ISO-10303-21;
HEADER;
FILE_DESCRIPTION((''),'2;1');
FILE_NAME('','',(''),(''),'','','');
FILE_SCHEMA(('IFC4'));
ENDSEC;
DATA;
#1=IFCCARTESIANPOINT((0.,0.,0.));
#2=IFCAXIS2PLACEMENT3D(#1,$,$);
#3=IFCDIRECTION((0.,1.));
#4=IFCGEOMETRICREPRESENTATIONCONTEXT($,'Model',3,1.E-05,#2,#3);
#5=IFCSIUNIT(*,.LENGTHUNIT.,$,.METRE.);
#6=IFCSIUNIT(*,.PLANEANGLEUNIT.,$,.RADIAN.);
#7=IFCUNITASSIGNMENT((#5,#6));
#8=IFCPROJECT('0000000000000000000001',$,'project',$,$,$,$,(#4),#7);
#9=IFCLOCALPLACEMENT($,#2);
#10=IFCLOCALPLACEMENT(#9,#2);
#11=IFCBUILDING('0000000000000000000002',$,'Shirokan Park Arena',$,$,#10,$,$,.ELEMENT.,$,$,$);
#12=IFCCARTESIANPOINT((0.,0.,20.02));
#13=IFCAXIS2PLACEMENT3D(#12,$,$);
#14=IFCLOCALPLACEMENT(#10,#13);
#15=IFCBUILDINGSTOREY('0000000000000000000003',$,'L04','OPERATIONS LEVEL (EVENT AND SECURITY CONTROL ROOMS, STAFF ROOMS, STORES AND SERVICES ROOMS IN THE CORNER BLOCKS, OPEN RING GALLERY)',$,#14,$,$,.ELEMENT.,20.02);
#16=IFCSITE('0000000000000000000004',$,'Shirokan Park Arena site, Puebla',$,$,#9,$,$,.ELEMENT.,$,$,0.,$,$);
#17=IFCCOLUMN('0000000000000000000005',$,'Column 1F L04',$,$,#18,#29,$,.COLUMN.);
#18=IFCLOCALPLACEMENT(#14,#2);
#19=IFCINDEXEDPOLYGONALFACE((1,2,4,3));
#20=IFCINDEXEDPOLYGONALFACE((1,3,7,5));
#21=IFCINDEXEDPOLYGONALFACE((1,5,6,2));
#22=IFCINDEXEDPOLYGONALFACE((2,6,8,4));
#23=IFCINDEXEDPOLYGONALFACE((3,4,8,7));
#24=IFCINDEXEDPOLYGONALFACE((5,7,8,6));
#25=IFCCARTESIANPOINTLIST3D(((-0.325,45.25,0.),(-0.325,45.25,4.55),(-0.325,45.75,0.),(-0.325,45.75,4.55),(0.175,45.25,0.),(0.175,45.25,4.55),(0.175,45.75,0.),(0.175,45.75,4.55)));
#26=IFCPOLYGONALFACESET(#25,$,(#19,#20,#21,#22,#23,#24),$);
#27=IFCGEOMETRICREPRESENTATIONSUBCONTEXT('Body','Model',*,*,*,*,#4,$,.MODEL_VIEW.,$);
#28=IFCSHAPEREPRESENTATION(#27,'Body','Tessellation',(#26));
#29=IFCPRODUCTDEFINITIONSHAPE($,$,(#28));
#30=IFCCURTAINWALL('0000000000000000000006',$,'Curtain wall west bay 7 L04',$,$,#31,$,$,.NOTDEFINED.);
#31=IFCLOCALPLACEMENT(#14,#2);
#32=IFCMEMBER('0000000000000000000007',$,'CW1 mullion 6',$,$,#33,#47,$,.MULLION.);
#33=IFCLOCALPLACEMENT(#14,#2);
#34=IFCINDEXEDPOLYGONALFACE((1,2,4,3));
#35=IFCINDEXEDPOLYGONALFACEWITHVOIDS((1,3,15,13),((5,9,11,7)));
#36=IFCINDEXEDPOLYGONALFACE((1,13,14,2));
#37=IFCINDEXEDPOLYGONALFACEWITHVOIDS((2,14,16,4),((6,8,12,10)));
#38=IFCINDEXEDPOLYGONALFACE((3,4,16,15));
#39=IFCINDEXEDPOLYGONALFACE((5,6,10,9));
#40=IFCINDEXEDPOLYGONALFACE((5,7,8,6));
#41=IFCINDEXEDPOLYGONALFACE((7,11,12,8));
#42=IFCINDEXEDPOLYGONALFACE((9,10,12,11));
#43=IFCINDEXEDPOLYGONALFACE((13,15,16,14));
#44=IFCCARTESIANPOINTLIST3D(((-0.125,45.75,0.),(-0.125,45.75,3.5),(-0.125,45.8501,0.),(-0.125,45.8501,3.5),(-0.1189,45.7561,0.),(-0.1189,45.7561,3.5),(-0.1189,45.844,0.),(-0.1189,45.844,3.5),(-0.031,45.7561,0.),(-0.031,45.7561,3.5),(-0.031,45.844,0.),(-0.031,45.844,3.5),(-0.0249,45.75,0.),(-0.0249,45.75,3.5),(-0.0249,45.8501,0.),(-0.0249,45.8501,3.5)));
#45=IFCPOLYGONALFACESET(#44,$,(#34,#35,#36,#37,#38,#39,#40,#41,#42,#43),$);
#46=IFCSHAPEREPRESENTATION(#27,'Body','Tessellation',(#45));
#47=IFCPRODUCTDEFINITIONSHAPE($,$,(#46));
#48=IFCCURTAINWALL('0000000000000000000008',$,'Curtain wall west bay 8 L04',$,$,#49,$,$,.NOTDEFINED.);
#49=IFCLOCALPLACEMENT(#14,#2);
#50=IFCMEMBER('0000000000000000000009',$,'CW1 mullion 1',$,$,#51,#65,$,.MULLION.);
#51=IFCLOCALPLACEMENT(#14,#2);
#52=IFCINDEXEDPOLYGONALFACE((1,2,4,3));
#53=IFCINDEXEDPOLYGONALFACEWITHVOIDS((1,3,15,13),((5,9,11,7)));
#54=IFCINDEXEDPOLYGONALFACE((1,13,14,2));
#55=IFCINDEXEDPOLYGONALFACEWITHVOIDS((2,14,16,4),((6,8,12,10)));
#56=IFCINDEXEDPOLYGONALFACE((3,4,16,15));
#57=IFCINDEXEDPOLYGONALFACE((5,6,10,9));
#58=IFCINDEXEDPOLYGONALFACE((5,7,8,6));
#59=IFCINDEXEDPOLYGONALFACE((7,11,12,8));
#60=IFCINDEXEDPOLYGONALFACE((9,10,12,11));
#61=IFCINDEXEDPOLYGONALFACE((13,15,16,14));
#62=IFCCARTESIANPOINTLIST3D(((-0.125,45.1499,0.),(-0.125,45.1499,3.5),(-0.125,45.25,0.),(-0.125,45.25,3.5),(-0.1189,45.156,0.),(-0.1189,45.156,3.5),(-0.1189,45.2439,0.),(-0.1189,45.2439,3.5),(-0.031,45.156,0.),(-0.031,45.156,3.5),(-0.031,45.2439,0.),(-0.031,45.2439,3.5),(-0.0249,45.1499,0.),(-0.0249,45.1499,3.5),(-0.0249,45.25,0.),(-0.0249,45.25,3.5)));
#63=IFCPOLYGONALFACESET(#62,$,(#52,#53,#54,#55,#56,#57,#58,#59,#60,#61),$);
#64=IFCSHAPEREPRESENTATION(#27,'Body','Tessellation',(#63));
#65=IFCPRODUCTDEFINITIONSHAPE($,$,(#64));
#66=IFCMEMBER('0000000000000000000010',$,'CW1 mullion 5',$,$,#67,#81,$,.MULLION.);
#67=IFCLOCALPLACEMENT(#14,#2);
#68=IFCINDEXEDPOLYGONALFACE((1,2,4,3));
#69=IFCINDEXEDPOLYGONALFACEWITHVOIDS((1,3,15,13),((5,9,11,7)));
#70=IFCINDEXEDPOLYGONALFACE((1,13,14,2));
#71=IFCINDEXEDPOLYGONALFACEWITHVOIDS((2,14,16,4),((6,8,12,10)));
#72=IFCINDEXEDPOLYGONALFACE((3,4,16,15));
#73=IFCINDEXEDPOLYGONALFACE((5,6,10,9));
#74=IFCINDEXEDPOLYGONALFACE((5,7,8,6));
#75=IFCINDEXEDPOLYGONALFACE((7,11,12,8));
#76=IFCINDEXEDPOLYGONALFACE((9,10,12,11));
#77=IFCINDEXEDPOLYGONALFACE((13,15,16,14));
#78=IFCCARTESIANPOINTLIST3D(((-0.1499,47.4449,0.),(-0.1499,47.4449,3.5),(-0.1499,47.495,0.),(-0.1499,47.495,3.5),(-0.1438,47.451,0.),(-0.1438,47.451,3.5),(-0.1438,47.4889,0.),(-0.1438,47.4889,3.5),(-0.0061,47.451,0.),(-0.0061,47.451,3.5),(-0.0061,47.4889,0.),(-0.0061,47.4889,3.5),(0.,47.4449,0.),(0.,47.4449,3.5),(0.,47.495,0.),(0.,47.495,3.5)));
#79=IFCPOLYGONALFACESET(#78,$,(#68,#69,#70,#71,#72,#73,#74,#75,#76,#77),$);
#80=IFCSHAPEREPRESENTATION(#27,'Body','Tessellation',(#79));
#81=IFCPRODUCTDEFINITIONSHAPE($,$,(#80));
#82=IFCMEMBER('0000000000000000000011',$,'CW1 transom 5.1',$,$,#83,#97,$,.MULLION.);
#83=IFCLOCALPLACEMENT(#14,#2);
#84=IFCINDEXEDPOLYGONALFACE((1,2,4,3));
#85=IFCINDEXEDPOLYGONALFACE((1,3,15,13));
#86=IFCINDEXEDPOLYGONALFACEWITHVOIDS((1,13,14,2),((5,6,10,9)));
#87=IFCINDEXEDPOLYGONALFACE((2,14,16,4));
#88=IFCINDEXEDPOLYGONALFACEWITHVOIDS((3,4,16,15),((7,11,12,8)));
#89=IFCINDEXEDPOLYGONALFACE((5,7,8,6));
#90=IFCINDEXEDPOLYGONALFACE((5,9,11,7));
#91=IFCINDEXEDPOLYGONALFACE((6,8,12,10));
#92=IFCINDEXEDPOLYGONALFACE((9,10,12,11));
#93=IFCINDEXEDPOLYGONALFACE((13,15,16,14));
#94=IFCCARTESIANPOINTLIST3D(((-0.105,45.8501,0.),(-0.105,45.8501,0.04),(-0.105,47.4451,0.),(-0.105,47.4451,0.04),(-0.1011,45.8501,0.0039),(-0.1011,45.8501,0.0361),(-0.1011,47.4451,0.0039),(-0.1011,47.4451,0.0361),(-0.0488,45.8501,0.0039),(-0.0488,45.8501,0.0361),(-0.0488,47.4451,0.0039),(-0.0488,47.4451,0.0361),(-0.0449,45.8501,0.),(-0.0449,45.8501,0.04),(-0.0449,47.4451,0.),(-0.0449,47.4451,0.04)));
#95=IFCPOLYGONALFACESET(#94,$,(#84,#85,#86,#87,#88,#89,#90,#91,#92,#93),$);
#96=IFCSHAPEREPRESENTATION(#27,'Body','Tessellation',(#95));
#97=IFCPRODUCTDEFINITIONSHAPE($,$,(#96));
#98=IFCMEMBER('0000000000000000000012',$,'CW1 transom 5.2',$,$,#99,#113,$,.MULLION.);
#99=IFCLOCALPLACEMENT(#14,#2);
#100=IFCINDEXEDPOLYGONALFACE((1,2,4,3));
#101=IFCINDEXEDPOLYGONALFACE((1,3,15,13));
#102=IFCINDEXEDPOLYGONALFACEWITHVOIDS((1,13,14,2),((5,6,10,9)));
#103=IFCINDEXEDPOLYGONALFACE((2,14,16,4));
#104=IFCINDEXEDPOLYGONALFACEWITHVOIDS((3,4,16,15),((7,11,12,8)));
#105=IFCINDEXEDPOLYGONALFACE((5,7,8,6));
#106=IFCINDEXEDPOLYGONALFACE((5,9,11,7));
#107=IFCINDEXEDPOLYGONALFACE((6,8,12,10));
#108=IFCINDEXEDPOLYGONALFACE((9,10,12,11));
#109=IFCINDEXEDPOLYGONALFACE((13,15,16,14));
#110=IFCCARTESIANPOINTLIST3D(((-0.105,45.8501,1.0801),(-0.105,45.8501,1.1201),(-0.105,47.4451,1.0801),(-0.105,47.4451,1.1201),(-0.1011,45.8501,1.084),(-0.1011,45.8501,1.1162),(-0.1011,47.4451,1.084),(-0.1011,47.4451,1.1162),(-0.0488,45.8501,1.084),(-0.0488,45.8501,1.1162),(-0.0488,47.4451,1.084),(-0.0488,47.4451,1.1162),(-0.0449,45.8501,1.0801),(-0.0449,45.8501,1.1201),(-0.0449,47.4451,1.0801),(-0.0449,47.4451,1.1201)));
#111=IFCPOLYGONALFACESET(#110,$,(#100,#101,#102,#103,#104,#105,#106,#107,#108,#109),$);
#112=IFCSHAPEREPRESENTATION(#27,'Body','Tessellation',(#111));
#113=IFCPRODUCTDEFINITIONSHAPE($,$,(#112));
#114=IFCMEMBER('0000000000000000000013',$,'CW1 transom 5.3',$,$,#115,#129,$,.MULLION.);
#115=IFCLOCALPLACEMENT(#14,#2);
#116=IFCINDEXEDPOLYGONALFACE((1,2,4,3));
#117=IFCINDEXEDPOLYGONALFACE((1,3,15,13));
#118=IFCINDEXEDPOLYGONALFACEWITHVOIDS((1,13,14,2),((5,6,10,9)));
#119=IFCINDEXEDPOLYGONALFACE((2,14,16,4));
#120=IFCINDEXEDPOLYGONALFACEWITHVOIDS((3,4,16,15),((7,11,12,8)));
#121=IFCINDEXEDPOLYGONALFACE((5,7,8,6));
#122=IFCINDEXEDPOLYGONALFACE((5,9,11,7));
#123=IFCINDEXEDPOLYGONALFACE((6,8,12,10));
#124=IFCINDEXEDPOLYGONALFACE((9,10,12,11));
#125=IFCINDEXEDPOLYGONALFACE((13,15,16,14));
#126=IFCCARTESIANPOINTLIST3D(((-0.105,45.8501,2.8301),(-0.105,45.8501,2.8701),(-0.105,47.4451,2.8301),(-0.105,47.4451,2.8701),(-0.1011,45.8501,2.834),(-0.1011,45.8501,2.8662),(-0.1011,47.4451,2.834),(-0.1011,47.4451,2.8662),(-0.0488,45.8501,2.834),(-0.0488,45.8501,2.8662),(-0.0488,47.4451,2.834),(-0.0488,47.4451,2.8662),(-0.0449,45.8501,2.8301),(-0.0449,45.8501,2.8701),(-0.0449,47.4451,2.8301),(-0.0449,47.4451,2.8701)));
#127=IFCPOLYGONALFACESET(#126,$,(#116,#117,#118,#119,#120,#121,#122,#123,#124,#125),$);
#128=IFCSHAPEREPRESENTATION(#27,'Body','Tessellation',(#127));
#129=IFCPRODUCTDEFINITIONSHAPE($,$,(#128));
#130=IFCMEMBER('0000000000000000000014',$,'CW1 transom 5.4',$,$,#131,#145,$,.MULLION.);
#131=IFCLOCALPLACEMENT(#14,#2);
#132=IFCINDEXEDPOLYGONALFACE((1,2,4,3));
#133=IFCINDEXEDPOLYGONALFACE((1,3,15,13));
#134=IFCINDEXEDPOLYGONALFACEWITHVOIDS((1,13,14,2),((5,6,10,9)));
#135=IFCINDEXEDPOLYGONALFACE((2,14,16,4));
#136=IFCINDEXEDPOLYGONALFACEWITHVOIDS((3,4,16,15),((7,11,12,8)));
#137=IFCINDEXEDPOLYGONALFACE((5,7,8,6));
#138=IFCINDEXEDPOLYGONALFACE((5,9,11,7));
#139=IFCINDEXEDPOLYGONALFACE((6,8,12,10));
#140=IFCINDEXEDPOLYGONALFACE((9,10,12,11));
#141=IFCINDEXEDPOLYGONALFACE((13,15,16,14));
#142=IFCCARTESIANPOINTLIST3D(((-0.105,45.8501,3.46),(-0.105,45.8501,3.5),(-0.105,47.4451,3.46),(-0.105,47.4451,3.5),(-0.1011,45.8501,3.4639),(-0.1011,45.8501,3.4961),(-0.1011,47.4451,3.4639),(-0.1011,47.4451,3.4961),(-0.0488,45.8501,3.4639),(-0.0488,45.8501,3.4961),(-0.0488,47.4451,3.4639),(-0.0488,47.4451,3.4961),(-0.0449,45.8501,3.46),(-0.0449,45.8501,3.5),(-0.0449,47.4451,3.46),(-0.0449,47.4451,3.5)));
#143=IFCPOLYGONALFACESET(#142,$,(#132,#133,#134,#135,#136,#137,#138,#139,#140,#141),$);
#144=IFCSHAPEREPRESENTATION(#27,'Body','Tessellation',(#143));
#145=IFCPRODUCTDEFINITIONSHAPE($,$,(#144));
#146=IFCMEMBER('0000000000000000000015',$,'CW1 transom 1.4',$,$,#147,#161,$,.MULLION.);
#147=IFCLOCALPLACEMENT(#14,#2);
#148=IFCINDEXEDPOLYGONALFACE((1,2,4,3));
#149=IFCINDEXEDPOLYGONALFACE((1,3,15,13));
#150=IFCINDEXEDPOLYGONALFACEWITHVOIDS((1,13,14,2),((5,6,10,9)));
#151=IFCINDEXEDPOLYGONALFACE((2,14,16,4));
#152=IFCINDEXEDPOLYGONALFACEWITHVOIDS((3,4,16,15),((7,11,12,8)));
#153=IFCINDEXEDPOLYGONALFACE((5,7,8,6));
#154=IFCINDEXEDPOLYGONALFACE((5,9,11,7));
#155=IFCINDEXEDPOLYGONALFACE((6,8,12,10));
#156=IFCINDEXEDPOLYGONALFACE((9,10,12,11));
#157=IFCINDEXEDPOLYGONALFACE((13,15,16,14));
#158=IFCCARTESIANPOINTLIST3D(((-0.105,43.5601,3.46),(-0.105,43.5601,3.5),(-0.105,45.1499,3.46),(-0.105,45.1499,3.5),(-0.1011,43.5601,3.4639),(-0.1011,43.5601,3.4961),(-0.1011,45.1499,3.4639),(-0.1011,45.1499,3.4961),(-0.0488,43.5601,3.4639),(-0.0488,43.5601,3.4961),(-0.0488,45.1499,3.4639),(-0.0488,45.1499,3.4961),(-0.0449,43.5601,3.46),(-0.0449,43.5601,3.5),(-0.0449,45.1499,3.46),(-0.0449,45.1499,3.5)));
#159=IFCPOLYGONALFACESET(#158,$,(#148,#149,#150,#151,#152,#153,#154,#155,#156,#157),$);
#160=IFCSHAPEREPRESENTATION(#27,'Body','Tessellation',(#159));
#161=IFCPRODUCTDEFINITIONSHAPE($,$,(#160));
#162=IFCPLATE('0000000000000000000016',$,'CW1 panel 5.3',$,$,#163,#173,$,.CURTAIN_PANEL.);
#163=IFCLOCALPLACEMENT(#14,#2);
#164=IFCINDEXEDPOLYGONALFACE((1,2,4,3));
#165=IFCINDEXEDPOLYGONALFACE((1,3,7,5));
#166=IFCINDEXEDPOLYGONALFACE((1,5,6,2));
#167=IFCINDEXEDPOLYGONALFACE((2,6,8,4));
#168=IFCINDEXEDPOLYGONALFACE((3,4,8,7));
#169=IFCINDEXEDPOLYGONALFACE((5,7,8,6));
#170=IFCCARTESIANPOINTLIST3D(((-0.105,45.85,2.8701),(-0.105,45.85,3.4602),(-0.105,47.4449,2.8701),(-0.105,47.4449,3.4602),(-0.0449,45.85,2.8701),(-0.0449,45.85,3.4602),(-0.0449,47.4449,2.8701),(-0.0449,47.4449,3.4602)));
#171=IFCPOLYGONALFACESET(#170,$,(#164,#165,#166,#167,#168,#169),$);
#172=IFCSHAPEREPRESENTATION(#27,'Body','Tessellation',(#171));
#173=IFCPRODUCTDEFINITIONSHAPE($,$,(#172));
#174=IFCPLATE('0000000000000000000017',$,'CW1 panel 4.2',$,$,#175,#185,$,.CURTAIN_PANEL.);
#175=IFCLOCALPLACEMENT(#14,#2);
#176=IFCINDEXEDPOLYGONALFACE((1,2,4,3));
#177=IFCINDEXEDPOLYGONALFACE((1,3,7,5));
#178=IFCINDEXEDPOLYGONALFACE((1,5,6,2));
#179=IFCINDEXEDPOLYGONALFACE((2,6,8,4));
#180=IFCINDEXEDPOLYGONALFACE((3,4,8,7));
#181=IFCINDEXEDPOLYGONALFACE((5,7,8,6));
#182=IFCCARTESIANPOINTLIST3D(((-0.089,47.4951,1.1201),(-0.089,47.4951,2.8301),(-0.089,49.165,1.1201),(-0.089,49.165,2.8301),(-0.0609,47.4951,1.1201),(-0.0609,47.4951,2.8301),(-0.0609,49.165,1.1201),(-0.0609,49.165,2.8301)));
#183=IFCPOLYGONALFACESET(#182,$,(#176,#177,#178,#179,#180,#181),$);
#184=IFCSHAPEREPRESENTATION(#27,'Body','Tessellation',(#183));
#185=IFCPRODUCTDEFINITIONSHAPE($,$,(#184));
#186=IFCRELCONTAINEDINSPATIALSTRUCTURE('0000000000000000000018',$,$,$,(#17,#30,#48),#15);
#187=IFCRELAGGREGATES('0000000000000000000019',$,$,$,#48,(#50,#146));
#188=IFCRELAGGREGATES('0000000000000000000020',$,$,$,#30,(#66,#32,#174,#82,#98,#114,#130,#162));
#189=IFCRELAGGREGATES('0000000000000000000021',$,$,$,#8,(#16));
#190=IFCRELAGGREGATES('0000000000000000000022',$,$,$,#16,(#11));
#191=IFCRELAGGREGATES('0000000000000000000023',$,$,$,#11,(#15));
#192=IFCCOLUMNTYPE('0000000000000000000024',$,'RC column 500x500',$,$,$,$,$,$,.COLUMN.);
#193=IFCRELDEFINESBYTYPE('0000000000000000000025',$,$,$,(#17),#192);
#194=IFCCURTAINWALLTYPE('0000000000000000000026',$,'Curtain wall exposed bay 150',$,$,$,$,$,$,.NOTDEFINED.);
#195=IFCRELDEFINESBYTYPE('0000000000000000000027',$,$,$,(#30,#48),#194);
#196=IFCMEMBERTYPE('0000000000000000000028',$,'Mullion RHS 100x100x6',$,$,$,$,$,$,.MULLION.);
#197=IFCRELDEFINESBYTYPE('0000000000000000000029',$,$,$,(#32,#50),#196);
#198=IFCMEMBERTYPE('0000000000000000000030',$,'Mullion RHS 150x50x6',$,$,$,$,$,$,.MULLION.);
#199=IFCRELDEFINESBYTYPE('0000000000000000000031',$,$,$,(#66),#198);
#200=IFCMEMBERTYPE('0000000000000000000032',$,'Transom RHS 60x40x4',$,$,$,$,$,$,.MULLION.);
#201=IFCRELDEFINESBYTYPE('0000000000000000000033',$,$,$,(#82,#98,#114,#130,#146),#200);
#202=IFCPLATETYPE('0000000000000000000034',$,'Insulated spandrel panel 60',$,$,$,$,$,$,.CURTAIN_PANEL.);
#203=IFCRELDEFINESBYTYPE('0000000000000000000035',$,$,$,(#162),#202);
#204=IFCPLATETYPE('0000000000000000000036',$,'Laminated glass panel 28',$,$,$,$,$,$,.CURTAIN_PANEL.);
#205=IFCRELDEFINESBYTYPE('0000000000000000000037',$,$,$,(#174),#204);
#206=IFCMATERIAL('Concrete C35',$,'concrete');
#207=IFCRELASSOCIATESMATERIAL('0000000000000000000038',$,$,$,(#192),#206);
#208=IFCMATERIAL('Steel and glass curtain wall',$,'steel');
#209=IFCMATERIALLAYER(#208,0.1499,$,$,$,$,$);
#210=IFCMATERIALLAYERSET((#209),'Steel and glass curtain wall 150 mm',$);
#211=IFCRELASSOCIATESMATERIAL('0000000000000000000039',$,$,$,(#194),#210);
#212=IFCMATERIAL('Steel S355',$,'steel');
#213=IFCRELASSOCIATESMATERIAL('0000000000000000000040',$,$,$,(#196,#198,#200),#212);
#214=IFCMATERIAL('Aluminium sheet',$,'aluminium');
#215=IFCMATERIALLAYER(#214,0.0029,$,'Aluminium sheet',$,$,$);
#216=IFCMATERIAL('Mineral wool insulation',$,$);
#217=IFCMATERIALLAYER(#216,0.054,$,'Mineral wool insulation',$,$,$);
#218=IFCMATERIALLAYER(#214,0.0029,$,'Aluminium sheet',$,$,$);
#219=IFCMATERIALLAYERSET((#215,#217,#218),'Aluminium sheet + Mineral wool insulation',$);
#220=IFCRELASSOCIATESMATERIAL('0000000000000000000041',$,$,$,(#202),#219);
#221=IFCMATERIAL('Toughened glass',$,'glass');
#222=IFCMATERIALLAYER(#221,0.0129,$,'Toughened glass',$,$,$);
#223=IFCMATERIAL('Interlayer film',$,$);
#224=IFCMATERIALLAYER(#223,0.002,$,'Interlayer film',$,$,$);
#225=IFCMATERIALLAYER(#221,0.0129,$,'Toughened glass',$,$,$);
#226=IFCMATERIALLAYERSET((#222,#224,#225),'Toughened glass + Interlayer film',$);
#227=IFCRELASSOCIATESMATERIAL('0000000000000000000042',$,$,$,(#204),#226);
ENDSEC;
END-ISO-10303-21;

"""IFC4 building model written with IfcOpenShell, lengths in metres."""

from ifc_helpers import new_model, si_unit, direction, frame, origin, origin_2d, place, context, subcontext, project, spatial, rectangle, hollow_rectangle, extrude, material, layer, layer_set, material_profile, profile_set, type_object, element, aggregate, save


model = new_model("IFC4")

# Units and contexts
model_context = context("Model", 3, precision=1e-05, world=origin(), true_north=direction((0.0, 1.0)))
body_context = subcontext(model_context, "Body", "Model", "MODEL_VIEW")
ifc_project = project(units=[si_unit("LENGTHUNIT", "METRE"), si_unit("PLANEANGLEUNIT", "RADIAN")], contexts=[model_context])

# Site, building, storey
site_placement = place(None, origin())
site = spatial("IfcSite", under=ifc_project, at=site_placement, Name="Shirokan Park Arena site, Puebla", CompositionType="ELEMENT", RefElevation=0.0)
building_placement = place(site_placement, origin())
building = spatial("IfcBuilding", under=site, at=building_placement, Name="Shirokan Park Arena", CompositionType="ELEMENT")
storey_placement = place(building_placement, frame((0.0, 0.0, 20.02)))
storey = spatial("IfcBuildingStorey", under=building, at=storey_placement, Name="L04", Description="OPERATIONS LEVEL (EVENT AND SECURITY CONTROL ROOMS, STAFF ROOMS, STORES AND SERVICES ROOMS IN THE CORNER BLOCKS, OPEN RING GALLERY)", CompositionType="ELEMENT", Elevation=20.02)

# Column
ifc_material_1 = material(Name="Concrete C35", Category="concrete")
ifc_material_profile_1 = material_profile(ifc_material_1, rectangle(XDim=0.5, YDim=0.5, at=origin_2d()), Name="500x500")
ifc_profile_set_1 = profile_set([ifc_material_profile_1], Name="Concrete C35")
column_type = type_object("IfcColumnType", Name="RC column 500x500", PredefinedType="COLUMN", material=ifc_profile_set_1)
column_placement = place(storey_placement, frame((-0.075, 45.5, 0.0), z_axis=(0.0, 0.0, 1.0), x_axis=(1.0, 0.0, 0.0)))
element("IfcColumn", 1, at=column_placement, inside=storey, type_object=column_type, Name="Column 1F L04", PredefinedType="COLUMN", context=body_context, shape_type="SweptSolid", body=[
    extrude(rectangle(XDim=0.5, YDim=0.5, at=origin_2d()), origin(), (0.0, 0.0, 1.0), 4.55),
])

# Curtain walls, members
ifc_material_2 = material(Name="Steel and glass curtain wall", Category="steel")
ifc_layer_1 = layer(ifc_material_2, 0.1499)
ifc_layer_set_1 = layer_set([ifc_layer_1], Name="Steel and glass curtain wall 150 mm")
curtain_wall_type = type_object("IfcCurtainWallType", Name="Curtain wall exposed bay 150", PredefinedType="NOTDEFINED", material=ifc_layer_set_1)
curtain_wall_1_placement = place(storey_placement, origin())
curtain_wall_1 = element("IfcCurtainWall", 2, at=curtain_wall_1_placement, inside=storey, type_object=curtain_wall_type, Name="Curtain wall west bay 7 L04", PredefinedType="NOTDEFINED")
ifc_material_3 = material(Name="Steel S355", Category="steel")
ifc_material_profile_2 = material_profile(ifc_material_3, hollow_rectangle(XDim=0.1001, YDim=0.1001, WallThickness=0.0061, at=origin_2d()), Name="RHS 100x100x6")
ifc_profile_set_2 = profile_set([ifc_material_profile_2], Name="Steel S355")
member_type_1 = type_object("IfcMemberType", Name="Mullion RHS 100x100x6", PredefinedType="MULLION", material=ifc_profile_set_2)
member_1_placement = place(storey_placement, frame((-0.075, 45.8, 0.0), z_axis=(0.0, 0.0, 1.0), x_axis=(1.0, 0.0, 0.0)))
member_1 = element("IfcMember", 3, at=member_1_placement, type_object=member_type_1, Name="CW1 mullion 6", PredefinedType="MULLION", context=body_context, shape_type="SweptSolid", body=[
    extrude(hollow_rectangle(XDim=0.1001, YDim=0.1001, WallThickness=0.0061, at=origin_2d()), origin(), (0.0, 0.0, 1.0), 3.5),
])
curtain_wall_2_placement = place(storey_placement, origin())
curtain_wall_2 = element("IfcCurtainWall", 4, at=curtain_wall_2_placement, inside=storey, type_object=curtain_wall_type, Name="Curtain wall west bay 8 L04", PredefinedType="NOTDEFINED")
member_2_placement = place(storey_placement, frame((-0.075, 45.2, 0.0), z_axis=(0.0, 0.0, 1.0), x_axis=(1.0, 0.0, 0.0)))
member_2 = element("IfcMember", 5, at=member_2_placement, type_object=member_type_1, Name="CW1 mullion 1", PredefinedType="MULLION", context=body_context, shape_type="SweptSolid", body=[
    extrude(hollow_rectangle(XDim=0.1001, YDim=0.1001, WallThickness=0.0061, at=origin_2d()), origin(), (0.0, 0.0, 1.0), 3.5),
])

# Members
ifc_material_profile_3 = material_profile(ifc_material_3, hollow_rectangle(XDim=0.1499, YDim=0.05, WallThickness=0.0061, at=origin_2d()), Name="RHS 150x50x6")
ifc_profile_set_3 = profile_set([ifc_material_profile_3], Name="Steel S355")
member_type_2 = type_object("IfcMemberType", Name="Mullion RHS 150x50x6", PredefinedType="MULLION", material=ifc_profile_set_3)
member_3_placement = place(storey_placement, frame((-0.075, 47.47, 0.0), z_axis=(0.0, 0.0, 1.0), x_axis=(1.0, 0.0, 0.0)))
member_3 = element("IfcMember", 6, at=member_3_placement, type_object=member_type_2, Name="CW1 mullion 5", PredefinedType="MULLION", context=body_context, shape_type="SweptSolid", body=[
    extrude(hollow_rectangle(XDim=0.1499, YDim=0.05, WallThickness=0.0061, at=origin_2d()), origin(), (0.0, 0.0, 1.0), 3.5),
])
ifc_material_profile_4 = material_profile(ifc_material_3, hollow_rectangle(XDim=0.0601, YDim=0.04, WallThickness=0.0039, at=origin_2d()), Name="RHS 60x40x4")
ifc_profile_set_4 = profile_set([ifc_material_profile_4], Name="Steel S355")
member_type_3 = type_object("IfcMemberType", Name="Transom RHS 60x40x4", PredefinedType="MULLION", material=ifc_profile_set_4)
member_4_placement = place(storey_placement, frame((-0.075, 47.4451, 0.02), z_axis=(0.0, -1.0, 0.0), x_axis=(1.0, 0.0, 0.0)))
member_4 = element("IfcMember", 7, at=member_4_placement, type_object=member_type_3, Name="CW1 transom 5.1", PredefinedType="MULLION", context=body_context, shape_type="SweptSolid", body=[
    extrude(hollow_rectangle(XDim=0.0601, YDim=0.04, WallThickness=0.0039, at=origin_2d()), origin(), (0.0, 0.0, 1.0), 1.595),
])
member_5_placement = place(storey_placement, frame((-0.075, 47.4451, 1.1001), z_axis=(0.0, -1.0, 0.0), x_axis=(1.0, 0.0, 0.0)))
member_5 = element("IfcMember", 8, at=member_5_placement, type_object=member_type_3, Name="CW1 transom 5.2", PredefinedType="MULLION", context=body_context, shape_type="SweptSolid", body=[
    extrude(hollow_rectangle(XDim=0.0601, YDim=0.04, WallThickness=0.0039, at=origin_2d()), origin(), (0.0, 0.0, 1.0), 1.595),
])
member_6_placement = place(storey_placement, frame((-0.075, 47.4451, 2.8501), z_axis=(0.0, -1.0, 0.0), x_axis=(1.0, 0.0, 0.0)))
member_6 = element("IfcMember", 9, at=member_6_placement, type_object=member_type_3, Name="CW1 transom 5.3", PredefinedType="MULLION", context=body_context, shape_type="SweptSolid", body=[
    extrude(hollow_rectangle(XDim=0.0601, YDim=0.04, WallThickness=0.0039, at=origin_2d()), origin(), (0.0, 0.0, 1.0), 1.595),
])
member_7_placement = place(storey_placement, frame((-0.075, 47.4451, 3.48), z_axis=(0.0, -1.0, 0.0), x_axis=(1.0, 0.0, 0.0)))
member_7 = element("IfcMember", 10, at=member_7_placement, type_object=member_type_3, Name="CW1 transom 5.4", PredefinedType="MULLION", context=body_context, shape_type="SweptSolid", body=[
    extrude(hollow_rectangle(XDim=0.0601, YDim=0.04, WallThickness=0.0039, at=origin_2d()), origin(), (0.0, 0.0, 1.0), 1.595),
])
member_8_placement = place(storey_placement, frame((-0.075, 45.1499, 3.48), z_axis=(0.0, -1.0, 0.0), x_axis=(1.0, 0.0, 0.0)))
member_8 = element("IfcMember", 11, at=member_8_placement, type_object=member_type_3, Name="CW1 transom 1.4", PredefinedType="MULLION", context=body_context, shape_type="SweptSolid", body=[
    extrude(hollow_rectangle(XDim=0.0601, YDim=0.04, WallThickness=0.0039, at=origin_2d()), origin(), (0.0, 0.0, 1.0), 1.5898),
])
aggregate(curtain_wall_2, [member_2, member_8])

# Plates
ifc_material_4 = material(Name="Aluminium sheet", Category="aluminium")
ifc_layer_2 = layer(ifc_material_4, 0.0029, Name="Aluminium sheet")
ifc_material_5 = material(Name="Mineral wool insulation")
ifc_layer_3 = layer(ifc_material_5, 0.054, Name="Mineral wool insulation")
ifc_layer_4 = layer(ifc_material_4, 0.0029, Name="Aluminium sheet")
ifc_layer_set_2 = layer_set([ifc_layer_2, ifc_layer_3, ifc_layer_4], Name="Aluminium sheet + Mineral wool insulation")
plate_type_1 = type_object("IfcPlateType", Name="Insulated spandrel panel 60", PredefinedType="CURTAIN_PANEL", material=ifc_layer_set_2)
plate_1_placement = place(storey_placement, frame((-0.075, 46.6475, 2.8701), z_axis=(0.0, 0.0, 1.0), x_axis=(0.0, -1.0, 0.0)))
plate_1 = element("IfcPlate", 12, at=plate_1_placement, type_object=plate_type_1, Name="CW1 panel 5.3", PredefinedType="CURTAIN_PANEL", context=body_context, shape_type="SweptSolid", body=[
    extrude(rectangle(XDim=1.595, YDim=0.0601, at=origin_2d()), origin(), (0.0, 0.0, 1.0), 0.5901),
])
ifc_material_6 = material(Name="Toughened glass", Category="glass")
ifc_layer_5 = layer(ifc_material_6, 0.0129, Name="Toughened glass")
ifc_material_7 = material(Name="Interlayer film")
ifc_layer_6 = layer(ifc_material_7, 0.002, Name="Interlayer film")
ifc_layer_7 = layer(ifc_material_6, 0.0129, Name="Toughened glass")
ifc_layer_set_3 = layer_set([ifc_layer_5, ifc_layer_6, ifc_layer_7], Name="Toughened glass + Interlayer film")
plate_type_2 = type_object("IfcPlateType", Name="Laminated glass panel 28", PredefinedType="CURTAIN_PANEL", material=ifc_layer_set_3)
plate_2_placement = place(storey_placement, frame((-0.075, 48.3301, 1.1201), z_axis=(0.0, 0.0, 1.0), x_axis=(0.0, -1.0, 0.0)))
plate_2 = element("IfcPlate", 13, at=plate_2_placement, type_object=plate_type_2, Name="CW1 panel 4.2", PredefinedType="CURTAIN_PANEL", context=body_context, shape_type="SweptSolid", body=[
    extrude(rectangle(XDim=1.6699, YDim=0.0281, at=origin_2d()), origin(), (0.0, 0.0, 1.0), 1.71),
])
aggregate(curtain_wall_1, [member_3, member_1, plate_2, member_4, member_5, member_6, member_7, plate_1])

save(model, "model.ifc")
